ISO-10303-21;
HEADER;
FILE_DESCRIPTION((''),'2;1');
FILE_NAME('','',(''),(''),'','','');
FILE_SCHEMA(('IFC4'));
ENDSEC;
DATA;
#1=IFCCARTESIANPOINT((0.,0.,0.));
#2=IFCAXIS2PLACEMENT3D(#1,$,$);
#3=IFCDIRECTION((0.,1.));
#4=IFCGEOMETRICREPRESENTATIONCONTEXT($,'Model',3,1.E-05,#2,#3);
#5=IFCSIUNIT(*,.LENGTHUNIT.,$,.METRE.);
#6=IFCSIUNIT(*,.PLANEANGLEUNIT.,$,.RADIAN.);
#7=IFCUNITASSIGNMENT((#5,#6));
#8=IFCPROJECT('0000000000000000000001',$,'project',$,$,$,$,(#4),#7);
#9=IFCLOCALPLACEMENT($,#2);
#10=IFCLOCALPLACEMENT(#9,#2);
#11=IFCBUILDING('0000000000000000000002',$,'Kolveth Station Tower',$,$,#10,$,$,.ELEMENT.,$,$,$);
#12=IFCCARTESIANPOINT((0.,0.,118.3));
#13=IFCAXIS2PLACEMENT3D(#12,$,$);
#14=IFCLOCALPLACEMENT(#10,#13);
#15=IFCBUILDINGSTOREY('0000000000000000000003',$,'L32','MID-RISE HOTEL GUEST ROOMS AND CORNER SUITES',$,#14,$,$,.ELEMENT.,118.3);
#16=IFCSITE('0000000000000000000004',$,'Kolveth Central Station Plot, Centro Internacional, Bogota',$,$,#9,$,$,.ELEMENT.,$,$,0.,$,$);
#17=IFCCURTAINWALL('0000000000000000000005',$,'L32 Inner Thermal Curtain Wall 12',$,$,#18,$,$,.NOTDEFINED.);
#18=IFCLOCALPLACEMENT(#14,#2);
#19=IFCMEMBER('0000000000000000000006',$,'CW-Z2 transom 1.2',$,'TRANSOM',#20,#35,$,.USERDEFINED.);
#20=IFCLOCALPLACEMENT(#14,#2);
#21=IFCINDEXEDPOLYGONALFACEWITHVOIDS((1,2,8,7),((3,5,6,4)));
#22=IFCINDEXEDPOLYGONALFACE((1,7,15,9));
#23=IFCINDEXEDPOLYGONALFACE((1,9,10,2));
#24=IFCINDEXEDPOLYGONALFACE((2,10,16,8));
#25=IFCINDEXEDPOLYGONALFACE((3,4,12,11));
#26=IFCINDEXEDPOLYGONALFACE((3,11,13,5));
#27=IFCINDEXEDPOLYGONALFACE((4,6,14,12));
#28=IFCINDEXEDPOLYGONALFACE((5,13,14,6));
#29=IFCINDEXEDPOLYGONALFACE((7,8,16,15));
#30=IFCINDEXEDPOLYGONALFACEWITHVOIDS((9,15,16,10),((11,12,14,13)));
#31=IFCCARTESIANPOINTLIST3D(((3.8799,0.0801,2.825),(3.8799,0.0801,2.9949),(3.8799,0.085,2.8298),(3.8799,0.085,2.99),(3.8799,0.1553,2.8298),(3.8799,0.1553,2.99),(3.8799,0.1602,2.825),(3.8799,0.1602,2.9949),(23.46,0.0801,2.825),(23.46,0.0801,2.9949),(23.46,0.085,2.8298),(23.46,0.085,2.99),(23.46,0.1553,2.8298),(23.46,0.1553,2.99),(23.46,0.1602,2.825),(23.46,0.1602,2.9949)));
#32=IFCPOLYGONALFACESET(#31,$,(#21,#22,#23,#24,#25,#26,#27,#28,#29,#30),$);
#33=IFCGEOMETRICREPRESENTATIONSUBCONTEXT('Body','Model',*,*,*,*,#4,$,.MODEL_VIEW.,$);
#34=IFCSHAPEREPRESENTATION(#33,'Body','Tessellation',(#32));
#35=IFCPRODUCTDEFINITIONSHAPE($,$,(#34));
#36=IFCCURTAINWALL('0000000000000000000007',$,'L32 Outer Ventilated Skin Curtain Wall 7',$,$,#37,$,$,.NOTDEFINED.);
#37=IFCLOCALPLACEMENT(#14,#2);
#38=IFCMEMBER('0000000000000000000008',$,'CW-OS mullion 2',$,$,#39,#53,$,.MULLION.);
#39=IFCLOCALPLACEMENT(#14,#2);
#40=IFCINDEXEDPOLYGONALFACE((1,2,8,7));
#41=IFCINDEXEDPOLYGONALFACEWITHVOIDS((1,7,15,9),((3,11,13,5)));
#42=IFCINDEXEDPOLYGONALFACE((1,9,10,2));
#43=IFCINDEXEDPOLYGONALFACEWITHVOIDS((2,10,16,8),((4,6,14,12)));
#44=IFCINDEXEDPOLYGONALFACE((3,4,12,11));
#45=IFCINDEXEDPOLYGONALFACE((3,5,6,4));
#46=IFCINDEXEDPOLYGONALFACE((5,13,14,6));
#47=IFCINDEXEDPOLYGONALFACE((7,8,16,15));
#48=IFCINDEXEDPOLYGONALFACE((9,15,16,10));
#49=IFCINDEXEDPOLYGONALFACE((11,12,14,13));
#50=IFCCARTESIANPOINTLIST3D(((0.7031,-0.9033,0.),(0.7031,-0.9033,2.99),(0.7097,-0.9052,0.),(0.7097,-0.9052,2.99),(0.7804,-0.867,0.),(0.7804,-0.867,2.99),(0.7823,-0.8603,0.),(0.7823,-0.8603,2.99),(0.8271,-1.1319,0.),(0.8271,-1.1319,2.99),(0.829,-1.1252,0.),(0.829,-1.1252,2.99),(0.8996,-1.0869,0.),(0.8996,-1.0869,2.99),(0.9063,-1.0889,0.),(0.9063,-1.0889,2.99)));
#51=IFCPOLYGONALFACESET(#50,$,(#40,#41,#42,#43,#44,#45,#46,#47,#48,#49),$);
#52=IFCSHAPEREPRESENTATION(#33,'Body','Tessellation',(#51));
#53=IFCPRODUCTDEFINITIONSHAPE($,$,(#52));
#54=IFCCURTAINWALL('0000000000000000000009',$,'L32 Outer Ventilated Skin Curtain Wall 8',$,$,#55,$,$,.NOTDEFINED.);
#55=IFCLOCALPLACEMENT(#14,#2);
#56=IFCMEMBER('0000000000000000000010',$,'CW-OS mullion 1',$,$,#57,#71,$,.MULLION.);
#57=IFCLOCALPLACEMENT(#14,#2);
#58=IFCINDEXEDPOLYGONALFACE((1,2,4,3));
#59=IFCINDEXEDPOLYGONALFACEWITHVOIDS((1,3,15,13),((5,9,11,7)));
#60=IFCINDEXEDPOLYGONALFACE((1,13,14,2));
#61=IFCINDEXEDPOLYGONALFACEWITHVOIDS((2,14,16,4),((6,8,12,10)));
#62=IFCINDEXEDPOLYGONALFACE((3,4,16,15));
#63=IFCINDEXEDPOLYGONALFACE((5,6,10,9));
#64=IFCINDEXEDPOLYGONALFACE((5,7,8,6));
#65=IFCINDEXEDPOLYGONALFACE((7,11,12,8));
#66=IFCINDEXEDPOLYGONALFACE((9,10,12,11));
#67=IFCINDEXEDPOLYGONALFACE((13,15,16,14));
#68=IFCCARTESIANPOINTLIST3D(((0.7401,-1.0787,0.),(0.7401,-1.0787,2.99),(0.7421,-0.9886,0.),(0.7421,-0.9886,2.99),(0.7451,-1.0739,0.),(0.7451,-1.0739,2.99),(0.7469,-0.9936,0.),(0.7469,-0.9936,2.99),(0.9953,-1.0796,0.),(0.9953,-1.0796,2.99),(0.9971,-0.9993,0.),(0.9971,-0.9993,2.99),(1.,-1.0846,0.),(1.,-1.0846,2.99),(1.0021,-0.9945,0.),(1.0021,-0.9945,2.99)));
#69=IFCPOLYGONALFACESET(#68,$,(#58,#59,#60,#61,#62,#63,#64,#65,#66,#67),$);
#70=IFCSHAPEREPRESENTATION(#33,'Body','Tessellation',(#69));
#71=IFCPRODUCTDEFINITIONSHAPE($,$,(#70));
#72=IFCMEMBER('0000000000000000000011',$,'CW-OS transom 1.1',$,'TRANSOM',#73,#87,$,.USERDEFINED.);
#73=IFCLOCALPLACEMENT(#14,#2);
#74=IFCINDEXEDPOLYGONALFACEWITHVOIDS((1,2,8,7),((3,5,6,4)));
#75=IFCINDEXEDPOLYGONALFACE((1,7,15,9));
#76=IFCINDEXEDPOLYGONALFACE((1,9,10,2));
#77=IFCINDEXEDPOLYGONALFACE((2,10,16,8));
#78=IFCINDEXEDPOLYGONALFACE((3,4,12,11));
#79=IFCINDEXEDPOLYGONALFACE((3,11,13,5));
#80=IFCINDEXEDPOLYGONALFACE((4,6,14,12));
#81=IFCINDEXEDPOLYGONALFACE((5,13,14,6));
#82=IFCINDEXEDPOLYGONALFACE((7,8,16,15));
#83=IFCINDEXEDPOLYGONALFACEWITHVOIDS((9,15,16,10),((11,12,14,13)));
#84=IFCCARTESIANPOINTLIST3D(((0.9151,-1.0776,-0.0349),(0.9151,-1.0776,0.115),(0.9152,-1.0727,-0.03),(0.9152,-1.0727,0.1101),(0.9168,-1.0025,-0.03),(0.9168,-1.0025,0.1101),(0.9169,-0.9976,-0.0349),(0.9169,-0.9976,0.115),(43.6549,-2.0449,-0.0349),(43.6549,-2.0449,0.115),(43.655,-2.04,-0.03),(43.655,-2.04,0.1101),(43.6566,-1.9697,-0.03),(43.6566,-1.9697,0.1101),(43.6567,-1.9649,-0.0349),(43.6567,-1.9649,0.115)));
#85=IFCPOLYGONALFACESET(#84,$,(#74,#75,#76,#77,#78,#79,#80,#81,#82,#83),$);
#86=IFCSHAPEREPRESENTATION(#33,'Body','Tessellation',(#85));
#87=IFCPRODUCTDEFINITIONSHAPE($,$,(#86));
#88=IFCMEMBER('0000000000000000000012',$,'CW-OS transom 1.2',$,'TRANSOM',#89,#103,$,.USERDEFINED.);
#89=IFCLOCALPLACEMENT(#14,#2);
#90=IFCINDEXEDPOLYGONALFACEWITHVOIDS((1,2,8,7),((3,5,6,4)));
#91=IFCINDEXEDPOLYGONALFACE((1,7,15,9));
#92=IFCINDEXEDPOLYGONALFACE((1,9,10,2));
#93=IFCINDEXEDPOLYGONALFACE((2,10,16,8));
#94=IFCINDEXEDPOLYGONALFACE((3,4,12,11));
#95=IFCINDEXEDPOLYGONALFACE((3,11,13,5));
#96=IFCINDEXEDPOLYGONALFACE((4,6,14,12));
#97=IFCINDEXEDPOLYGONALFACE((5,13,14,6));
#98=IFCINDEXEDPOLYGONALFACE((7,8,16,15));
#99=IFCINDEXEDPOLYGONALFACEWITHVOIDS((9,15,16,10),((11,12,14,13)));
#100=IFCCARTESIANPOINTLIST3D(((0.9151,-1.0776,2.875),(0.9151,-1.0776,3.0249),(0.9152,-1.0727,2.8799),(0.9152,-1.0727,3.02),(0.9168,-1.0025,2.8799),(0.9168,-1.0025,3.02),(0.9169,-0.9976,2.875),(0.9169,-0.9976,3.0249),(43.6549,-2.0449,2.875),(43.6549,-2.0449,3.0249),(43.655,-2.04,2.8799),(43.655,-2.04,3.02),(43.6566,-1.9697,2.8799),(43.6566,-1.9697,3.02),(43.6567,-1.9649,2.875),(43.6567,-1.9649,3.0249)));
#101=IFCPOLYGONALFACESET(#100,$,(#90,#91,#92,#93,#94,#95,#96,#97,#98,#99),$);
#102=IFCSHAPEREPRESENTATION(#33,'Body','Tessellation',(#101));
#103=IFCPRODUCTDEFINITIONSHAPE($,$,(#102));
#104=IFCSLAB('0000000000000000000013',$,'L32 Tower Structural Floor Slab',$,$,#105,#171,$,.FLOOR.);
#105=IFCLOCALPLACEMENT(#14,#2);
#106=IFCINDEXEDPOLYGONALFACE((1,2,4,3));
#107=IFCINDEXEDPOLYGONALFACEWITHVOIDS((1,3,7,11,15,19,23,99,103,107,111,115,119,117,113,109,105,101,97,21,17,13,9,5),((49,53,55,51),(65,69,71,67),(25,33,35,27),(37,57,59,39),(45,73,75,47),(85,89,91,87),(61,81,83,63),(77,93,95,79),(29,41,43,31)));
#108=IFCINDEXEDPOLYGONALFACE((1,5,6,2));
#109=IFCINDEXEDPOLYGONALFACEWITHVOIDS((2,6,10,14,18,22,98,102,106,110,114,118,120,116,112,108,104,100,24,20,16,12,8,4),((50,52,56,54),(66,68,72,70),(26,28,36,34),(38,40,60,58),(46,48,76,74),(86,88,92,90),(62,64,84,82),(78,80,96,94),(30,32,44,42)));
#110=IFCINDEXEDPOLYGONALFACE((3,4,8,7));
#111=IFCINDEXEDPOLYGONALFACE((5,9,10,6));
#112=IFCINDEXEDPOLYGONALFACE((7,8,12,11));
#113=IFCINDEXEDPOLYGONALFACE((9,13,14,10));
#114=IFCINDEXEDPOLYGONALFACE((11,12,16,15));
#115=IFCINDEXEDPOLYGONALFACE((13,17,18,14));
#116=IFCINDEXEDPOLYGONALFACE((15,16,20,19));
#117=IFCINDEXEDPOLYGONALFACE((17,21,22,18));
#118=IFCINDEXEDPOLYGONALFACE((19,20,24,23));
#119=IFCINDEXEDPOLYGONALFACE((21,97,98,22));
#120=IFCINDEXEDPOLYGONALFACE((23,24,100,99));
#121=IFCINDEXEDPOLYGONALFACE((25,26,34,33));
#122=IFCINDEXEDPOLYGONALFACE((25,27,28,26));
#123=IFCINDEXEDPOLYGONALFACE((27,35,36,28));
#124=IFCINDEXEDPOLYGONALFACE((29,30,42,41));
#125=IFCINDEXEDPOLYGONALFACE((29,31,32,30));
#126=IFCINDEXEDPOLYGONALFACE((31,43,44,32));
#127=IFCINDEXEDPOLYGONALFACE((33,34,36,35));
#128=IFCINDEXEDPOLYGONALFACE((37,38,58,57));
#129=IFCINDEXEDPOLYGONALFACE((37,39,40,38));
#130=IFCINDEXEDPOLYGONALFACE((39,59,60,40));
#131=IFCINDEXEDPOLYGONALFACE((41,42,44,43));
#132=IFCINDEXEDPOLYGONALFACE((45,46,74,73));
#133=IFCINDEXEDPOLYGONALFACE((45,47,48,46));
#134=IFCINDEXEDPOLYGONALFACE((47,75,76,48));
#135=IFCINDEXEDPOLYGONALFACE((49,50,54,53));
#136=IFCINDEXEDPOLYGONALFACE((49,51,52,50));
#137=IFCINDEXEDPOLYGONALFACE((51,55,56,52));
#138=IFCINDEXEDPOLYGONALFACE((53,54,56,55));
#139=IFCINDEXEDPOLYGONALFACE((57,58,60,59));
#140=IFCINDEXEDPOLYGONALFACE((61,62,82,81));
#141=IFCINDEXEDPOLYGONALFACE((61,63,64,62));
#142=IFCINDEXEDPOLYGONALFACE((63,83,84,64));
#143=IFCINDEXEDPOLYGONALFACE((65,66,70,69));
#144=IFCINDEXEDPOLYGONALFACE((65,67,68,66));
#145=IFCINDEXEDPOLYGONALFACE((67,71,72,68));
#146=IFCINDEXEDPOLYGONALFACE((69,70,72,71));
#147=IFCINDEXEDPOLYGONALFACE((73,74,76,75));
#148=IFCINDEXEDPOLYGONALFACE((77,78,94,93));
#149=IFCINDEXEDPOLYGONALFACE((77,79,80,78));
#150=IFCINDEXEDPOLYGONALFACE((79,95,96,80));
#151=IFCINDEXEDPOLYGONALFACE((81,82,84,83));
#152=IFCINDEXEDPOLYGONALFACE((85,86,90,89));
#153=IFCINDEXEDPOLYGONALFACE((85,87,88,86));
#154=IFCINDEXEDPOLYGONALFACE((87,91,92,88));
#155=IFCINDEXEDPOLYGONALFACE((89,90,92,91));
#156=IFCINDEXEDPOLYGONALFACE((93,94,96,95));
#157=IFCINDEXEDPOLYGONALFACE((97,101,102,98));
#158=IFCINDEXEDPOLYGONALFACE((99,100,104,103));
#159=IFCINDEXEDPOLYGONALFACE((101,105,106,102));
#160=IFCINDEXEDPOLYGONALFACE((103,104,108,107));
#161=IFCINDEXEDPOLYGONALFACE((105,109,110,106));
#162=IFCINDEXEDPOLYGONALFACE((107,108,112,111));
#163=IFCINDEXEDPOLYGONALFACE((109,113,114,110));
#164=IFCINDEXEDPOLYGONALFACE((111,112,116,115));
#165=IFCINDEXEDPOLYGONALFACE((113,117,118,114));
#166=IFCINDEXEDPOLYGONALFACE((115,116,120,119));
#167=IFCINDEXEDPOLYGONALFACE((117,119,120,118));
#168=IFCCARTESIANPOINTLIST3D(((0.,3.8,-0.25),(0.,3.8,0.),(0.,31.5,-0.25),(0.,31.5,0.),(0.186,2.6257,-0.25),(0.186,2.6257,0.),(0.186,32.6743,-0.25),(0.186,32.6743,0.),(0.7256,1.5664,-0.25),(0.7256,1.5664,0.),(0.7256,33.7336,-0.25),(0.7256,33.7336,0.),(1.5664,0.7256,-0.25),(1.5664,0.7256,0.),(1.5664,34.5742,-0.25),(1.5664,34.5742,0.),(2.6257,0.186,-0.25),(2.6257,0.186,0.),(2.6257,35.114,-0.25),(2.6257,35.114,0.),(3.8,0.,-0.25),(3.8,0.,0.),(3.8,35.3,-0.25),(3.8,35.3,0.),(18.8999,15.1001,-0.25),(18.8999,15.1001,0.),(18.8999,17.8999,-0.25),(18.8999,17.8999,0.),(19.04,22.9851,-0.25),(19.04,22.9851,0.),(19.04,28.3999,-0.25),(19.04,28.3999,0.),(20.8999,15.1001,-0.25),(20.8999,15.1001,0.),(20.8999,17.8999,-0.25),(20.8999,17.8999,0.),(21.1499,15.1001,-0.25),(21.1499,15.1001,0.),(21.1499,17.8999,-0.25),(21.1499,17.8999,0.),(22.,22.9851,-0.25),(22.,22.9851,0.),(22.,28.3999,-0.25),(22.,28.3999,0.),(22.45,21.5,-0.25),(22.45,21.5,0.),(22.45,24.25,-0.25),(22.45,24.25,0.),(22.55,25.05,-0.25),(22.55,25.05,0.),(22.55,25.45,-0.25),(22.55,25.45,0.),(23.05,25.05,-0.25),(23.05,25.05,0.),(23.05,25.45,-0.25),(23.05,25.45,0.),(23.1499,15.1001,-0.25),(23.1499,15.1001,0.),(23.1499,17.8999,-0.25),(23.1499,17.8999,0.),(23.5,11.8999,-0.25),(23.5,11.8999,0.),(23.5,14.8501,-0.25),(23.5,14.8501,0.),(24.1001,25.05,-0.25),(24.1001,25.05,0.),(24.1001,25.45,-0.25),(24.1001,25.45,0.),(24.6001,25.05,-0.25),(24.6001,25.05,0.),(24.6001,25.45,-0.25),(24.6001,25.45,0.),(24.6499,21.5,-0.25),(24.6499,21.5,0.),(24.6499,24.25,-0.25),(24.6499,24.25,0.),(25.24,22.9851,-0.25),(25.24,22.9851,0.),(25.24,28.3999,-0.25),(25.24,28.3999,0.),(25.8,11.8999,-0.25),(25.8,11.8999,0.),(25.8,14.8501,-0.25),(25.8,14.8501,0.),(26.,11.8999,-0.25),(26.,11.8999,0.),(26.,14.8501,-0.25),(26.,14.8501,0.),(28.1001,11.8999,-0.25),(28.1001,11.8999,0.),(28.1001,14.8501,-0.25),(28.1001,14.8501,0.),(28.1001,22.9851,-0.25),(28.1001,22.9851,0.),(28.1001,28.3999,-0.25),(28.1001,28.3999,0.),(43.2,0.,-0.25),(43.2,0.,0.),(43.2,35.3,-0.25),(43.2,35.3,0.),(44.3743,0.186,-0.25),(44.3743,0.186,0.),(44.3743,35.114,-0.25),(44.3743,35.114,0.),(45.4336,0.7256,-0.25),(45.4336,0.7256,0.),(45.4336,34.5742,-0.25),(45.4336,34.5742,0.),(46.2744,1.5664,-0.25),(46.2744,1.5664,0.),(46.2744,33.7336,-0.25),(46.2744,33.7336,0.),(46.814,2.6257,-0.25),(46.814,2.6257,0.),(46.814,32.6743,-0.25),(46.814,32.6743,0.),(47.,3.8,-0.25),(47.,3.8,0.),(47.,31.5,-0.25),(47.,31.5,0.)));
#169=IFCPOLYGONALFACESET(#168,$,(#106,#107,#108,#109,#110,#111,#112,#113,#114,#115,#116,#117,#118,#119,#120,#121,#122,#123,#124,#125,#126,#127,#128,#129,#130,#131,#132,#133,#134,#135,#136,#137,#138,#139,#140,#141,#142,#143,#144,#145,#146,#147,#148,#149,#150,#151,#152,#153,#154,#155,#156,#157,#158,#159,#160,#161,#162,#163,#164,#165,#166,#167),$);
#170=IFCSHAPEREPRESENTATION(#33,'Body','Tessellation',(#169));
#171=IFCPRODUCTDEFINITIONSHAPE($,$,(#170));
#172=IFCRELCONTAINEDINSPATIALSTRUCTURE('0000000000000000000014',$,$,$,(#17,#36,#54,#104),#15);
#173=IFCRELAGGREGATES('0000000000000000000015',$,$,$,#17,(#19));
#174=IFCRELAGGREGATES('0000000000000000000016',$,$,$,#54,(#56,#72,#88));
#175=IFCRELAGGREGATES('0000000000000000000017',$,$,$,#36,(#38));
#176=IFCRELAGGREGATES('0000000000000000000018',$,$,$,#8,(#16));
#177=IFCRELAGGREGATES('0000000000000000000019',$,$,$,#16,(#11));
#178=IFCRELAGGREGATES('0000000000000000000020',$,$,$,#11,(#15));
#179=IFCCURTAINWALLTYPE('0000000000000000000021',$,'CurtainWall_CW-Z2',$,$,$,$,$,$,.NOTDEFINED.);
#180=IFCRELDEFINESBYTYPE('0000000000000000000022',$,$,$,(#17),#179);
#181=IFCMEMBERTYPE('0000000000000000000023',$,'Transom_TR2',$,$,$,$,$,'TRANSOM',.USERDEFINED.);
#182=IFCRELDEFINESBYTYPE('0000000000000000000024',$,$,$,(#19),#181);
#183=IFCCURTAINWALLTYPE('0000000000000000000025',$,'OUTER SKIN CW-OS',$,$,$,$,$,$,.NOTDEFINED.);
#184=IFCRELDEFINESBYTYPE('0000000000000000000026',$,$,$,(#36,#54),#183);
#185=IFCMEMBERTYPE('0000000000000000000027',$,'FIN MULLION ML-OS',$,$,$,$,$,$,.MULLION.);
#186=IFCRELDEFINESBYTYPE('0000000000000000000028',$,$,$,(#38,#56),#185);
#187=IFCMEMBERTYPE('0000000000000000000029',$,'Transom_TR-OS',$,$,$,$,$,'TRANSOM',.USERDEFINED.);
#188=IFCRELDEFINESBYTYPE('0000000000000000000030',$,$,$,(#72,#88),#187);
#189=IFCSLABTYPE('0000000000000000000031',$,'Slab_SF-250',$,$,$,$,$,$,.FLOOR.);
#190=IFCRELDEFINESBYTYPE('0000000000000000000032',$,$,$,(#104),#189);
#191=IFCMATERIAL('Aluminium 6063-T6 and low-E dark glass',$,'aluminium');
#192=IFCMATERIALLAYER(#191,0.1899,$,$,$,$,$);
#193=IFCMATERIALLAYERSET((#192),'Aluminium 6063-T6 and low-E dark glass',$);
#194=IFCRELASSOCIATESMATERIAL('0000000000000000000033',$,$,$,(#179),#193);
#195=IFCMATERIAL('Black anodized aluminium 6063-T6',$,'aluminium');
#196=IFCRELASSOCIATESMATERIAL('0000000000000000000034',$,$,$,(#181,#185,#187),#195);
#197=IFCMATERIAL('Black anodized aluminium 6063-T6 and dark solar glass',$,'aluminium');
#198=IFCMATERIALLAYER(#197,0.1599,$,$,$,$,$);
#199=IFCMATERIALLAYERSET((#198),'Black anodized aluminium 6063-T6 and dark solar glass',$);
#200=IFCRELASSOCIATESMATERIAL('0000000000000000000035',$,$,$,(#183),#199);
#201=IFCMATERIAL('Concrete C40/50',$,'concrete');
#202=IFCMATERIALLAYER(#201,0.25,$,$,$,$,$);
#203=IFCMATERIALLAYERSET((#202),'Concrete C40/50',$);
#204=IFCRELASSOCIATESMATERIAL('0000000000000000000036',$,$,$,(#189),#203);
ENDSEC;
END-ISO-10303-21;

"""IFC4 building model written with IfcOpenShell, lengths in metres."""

from ifc_helpers import new_model, si_unit, direction, frame, origin, origin_2d, place, context, subcontext, project, spatial, polyline, hollow_rectangle, outline, extrude, source, transform, mapped, material, layer, layer_set, material_profile, profile_set, type_object, element, aggregate, save


model = new_model("IFC4")

# Units and contexts
model_context = context("Model", 3, precision=1e-05, world=origin(), true_north=direction((0.0, 1.0)))
body_context = subcontext(model_context, "Body", "Model", "MODEL_VIEW")
ifc_project = project(units=[si_unit("LENGTHUNIT", "METRE"), si_unit("PLANEANGLEUNIT", "RADIAN")], contexts=[model_context])

# Site, building, storey
site_placement = place(None, origin())
site = spatial("IfcSite", under=ifc_project, at=site_placement, Name="Kolveth Central Station Plot, Centro Internacional, Bogota", CompositionType="ELEMENT", RefElevation=0.0)
building_placement = place(site_placement, origin())
building = spatial("IfcBuilding", under=site, at=building_placement, Name="Kolveth Station Tower", CompositionType="ELEMENT")
storey_placement = place(building_placement, frame((0.0, 0.0, 118.3)))
storey = spatial("IfcBuildingStorey", under=building, at=storey_placement, Name="L32", Description="MID-RISE HOTEL GUEST ROOMS AND CORNER SUITES", CompositionType="ELEMENT", Elevation=118.3)

# Shared definitions
ifc_material_1 = material(Name="Aluminium 6063-T6 and low-E dark glass", Category="aluminium")
ifc_layer_1 = layer(ifc_material_1, 0.1899)
ifc_layer_set_1 = layer_set([ifc_layer_1], Name="Aluminium 6063-T6 and low-E dark glass")
curtain_wall_type_1 = type_object("IfcCurtainWallType", Name="CurtainWall_CW-Z2", PredefinedType="NOTDEFINED", material=ifc_layer_set_1)
ifc_material_2 = material(Name="Black anodized aluminium 6063-T6", Category="aluminium")

# Curtain wall
curtain_wall_1_placement = place(storey_placement, origin())
curtain_wall_1 = element("IfcCurtainWall", 1, at=curtain_wall_1_placement, inside=storey, type_object=curtain_wall_type_1, Name="L32 Inner Thermal Curtain Wall 12", PredefinedType="NOTDEFINED")

# Member
ifc_material_profile_1 = material_profile(ifc_material_2, hollow_rectangle(XDim=0.0801, YDim=0.1699, WallThickness=0.0049, at=origin_2d()), Name="ALU-80x170x5")
ifc_profile_set_1 = profile_set([ifc_material_profile_1], Name="Black anodized aluminium 6063-T6")
member_type_1 = type_object("IfcMemberType", Name="Transom_TR2", ElementType="TRANSOM", PredefinedType="USERDEFINED", material=ifc_profile_set_1)
shared_shape_1 = source(origin(), body_context, "Body", "SweptSolid", [
    extrude(hollow_rectangle(XDim=0.0801, YDim=0.1699, WallThickness=0.0049, at=origin_2d()), origin(), (0.0, 0.0, 1.0), 19.5801),
])
member_1_placement = place(storey_placement, frame((3.8799, 0.1201, 2.9099), z_axis=(1.0, 0.0, 0.0), x_axis=(0.0, 1.0, 0.0)))
member_1 = element("IfcMember", 2, at=member_1_placement, type_object=member_type_1, Name="CW-Z2 transom 1.2", ObjectType="TRANSOM", PredefinedType="USERDEFINED", context=body_context, shape_type="MappedRepresentation", body=[
    mapped(shared_shape_1, transform((0.0, 0.0, 0.0), x_axis=(1.0, 0.0, 0.0), y_axis=(0.0, 1.0, 0.0), z_axis=(0.0, 0.0, 1.0), scale=1.0)),
])
aggregate(curtain_wall_1, [member_1])

# Curtain wall, member
ifc_material_3 = material(Name="Black anodized aluminium 6063-T6 and dark solar glass", Category="aluminium")
ifc_layer_2 = layer(ifc_material_3, 0.1599)
ifc_layer_set_2 = layer_set([ifc_layer_2], Name="Black anodized aluminium 6063-T6 and dark solar glass")
curtain_wall_type_2 = type_object("IfcCurtainWallType", Name="OUTER SKIN CW-OS", PredefinedType="NOTDEFINED", material=ifc_layer_set_2)
curtain_wall_2_placement = place(storey_placement, origin())
curtain_wall_2 = element("IfcCurtainWall", 3, at=curtain_wall_2_placement, inside=storey, type_object=curtain_wall_type_2, Name="L32 Outer Ventilated Skin Curtain Wall 7", PredefinedType="NOTDEFINED")
ifc_material_profile_2 = material_profile(ifc_material_2, hollow_rectangle(XDim=0.0901, YDim=0.26, WallThickness=0.0049, at=origin_2d()), Name="ALU-90x260x5")
ifc_profile_set_2 = profile_set([ifc_material_profile_2], Name="Black anodized aluminium 6063-T6")
member_type_2 = type_object("IfcMemberType", Name="FIN MULLION ML-OS", PredefinedType="MULLION", material=ifc_profile_set_2)
shared_shape_2 = source(origin(), body_context, "Body", "SweptSolid", [
    extrude(hollow_rectangle(XDim=0.0901, YDim=0.26, WallThickness=0.0049, at=origin_2d()), origin(), (0.0, 0.0, 1.0), 2.99),
])
member_2_placement = place(storey_placement, frame((0.8047, -0.9961, 0.0), z_axis=(0.0, 0.0, 1.0), x_axis=(0.879098, 0.47664, 0.0)))
member_2 = element("IfcMember", 4, at=member_2_placement, type_object=member_type_2, Name="CW-OS mullion 2", PredefinedType="MULLION", context=body_context, shape_type="MappedRepresentation", body=[
    mapped(shared_shape_2, transform((0.0, 0.0, 0.0), x_axis=(1.0, 0.0, 0.0), y_axis=(0.0, 1.0, 0.0), z_axis=(0.0, 0.0, 1.0), scale=1.0)),
])

# Curtain wall, members
curtain_wall_3_placement = place(storey_placement, origin())
curtain_wall_3 = element("IfcCurtainWall", 5, at=curtain_wall_3_placement, inside=storey, type_object=curtain_wall_type_2, Name="L32 Outer Ventilated Skin Curtain Wall 8", PredefinedType="NOTDEFINED")
member_3_placement = place(storey_placement, frame((0.8711, -1.0366, 0.0), z_axis=(0.0, 0.0, 1.0), x_axis=(0.022625, 0.999744, 0.0)))
member_3 = element("IfcMember", 6, at=member_3_placement, type_object=member_type_2, Name="CW-OS mullion 1", PredefinedType="MULLION", context=body_context, shape_type="MappedRepresentation", body=[
    mapped(shared_shape_2, transform((0.0, 0.0, 0.0), x_axis=(1.0, 0.0, 0.0), y_axis=(0.0, 1.0, 0.0), z_axis=(0.0, 0.0, 1.0), scale=1.0)),
])
ifc_material_profile_3 = material_profile(ifc_material_2, hollow_rectangle(XDim=0.0801, YDim=0.1499, WallThickness=0.0049, at=origin_2d()), Name="ALU-80x150x5")
ifc_profile_set_3 = profile_set([ifc_material_profile_3], Name="Black anodized aluminium 6063-T6")
member_type_3 = type_object("IfcMemberType", Name="Transom_TR-OS", ElementType="TRANSOM", PredefinedType="USERDEFINED", material=ifc_profile_set_3)
shared_shape_3 = source(origin(), body_context, "Body", "SweptSolid", [
    extrude(hollow_rectangle(XDim=0.0801, YDim=0.1499, WallThickness=0.0049, at=origin_2d()), origin(), (0.0, 0.0, 1.0), 42.7507),
])
member_4_placement = place(storey_placement, frame((0.916, -1.0376, 0.04), z_axis=(0.999744, -0.022626, 0.0), x_axis=(0.022626, 0.999744, 0.0)))
member_4 = element("IfcMember", 7, at=member_4_placement, type_object=member_type_3, Name="CW-OS transom 1.1", ObjectType="TRANSOM", PredefinedType="USERDEFINED", context=body_context, shape_type="MappedRepresentation", body=[
    mapped(shared_shape_3, transform((0.0, 0.0, 0.0), x_axis=(1.0, 0.0, 0.0), y_axis=(0.0, 1.0, 0.0), z_axis=(0.0, 0.0, 1.0), scale=1.0)),
])
member_5_placement = place(storey_placement, frame((0.916, -1.0376, 2.95), z_axis=(0.999744, -0.022626, 0.0), x_axis=(0.022626, 0.999744, 0.0)))
member_5 = element("IfcMember", 8, at=member_5_placement, type_object=member_type_3, Name="CW-OS transom 1.2", ObjectType="TRANSOM", PredefinedType="USERDEFINED", context=body_context, shape_type="MappedRepresentation", body=[
    mapped(shared_shape_3, transform((0.0, 0.0, 0.0), x_axis=(1.0, 0.0, 0.0), y_axis=(0.0, 1.0, 0.0), z_axis=(0.0, 0.0, 1.0), scale=1.0)),
])
aggregate(curtain_wall_3, [member_3, member_4, member_5])

# Slab
ifc_material_4 = material(Name="Concrete C40/50", Category="concrete")
ifc_layer_3 = layer(ifc_material_4, 0.25)
ifc_layer_set_3 = layer_set([ifc_layer_3], Name="Concrete C40/50")
slab_type_1 = type_object("IfcSlabType", Name="Slab_SF-250", PredefinedType="FLOOR", material=ifc_layer_set_3)
slab_1_placement = place(storey_placement, frame((0.0, 0.0, -0.25)))
element("IfcSlab", 9, at=slab_1_placement, inside=storey, type_object=slab_type_1, Name="L32 Tower Structural Floor Slab", PredefinedType="FLOOR", context=body_context, shape_type="SweptSolid", body=[
    extrude(outline(polyline([(43.2, 0.0), (44.3743, 0.186), (45.4336, 0.7256), (46.2744, 1.5664), (46.814, 2.6257), (47.0, 3.8), (47.0, 31.5), (46.814, 32.6743), (46.2744, 33.7336), (45.4336, 34.5742), (44.3743, 35.114), (43.2, 35.3), (3.8, 35.3), (2.6257, 35.114), (1.5664, 34.5742), (0.7256, 33.7336), (0.186, 32.6743), (0.0, 31.5), (0.0, 3.8), (0.186, 2.6257), (0.7256, 1.5664), (1.5664, 0.7256), (2.6257, 0.186), (3.8, 0.0), (43.2, 0.0)]), holes=[polyline([(19.04, 22.9851), (22.0, 22.9851), (22.0, 28.3999), (19.04, 28.3999), (19.04, 22.9851)]), polyline([(25.24, 22.9851), (28.1001, 22.9851), (28.1001, 28.3999), (25.24, 28.3999), (25.24, 22.9851)]), polyline([(18.8999, 15.1001), (20.8999, 15.1001), (20.8999, 17.8999), (18.8999, 17.8999), (18.8999, 15.1001)]), polyline([(21.1499, 15.1001), (23.1499, 15.1001), (23.1499, 17.8999), (21.1499, 17.8999), (21.1499, 15.1001)]), polyline([(22.45, 21.5), (24.6499, 21.5), (24.6499, 24.25), (22.45, 24.25), (22.45, 21.5)]), polyline([(23.5, 11.8999), (25.8, 11.8999), (25.8, 14.8501), (23.5, 14.8501), (23.5, 11.8999)]), polyline([(26.0, 11.8999), (28.1001, 11.8999), (28.1001, 14.8501), (26.0, 14.8501), (26.0, 11.8999)]), polyline([(22.55, 25.05), (23.05, 25.05), (23.05, 25.45), (22.55, 25.45), (22.55, 25.05)]), polyline([(24.1001, 25.05), (24.6001, 25.05), (24.6001, 25.45), (24.1001, 25.45), (24.1001, 25.05)])]), origin(), (0.0, 0.0, 1.0), 0.25),
])

aggregate(curtain_wall_2, [member_2])

save(model, "model.ifc")
